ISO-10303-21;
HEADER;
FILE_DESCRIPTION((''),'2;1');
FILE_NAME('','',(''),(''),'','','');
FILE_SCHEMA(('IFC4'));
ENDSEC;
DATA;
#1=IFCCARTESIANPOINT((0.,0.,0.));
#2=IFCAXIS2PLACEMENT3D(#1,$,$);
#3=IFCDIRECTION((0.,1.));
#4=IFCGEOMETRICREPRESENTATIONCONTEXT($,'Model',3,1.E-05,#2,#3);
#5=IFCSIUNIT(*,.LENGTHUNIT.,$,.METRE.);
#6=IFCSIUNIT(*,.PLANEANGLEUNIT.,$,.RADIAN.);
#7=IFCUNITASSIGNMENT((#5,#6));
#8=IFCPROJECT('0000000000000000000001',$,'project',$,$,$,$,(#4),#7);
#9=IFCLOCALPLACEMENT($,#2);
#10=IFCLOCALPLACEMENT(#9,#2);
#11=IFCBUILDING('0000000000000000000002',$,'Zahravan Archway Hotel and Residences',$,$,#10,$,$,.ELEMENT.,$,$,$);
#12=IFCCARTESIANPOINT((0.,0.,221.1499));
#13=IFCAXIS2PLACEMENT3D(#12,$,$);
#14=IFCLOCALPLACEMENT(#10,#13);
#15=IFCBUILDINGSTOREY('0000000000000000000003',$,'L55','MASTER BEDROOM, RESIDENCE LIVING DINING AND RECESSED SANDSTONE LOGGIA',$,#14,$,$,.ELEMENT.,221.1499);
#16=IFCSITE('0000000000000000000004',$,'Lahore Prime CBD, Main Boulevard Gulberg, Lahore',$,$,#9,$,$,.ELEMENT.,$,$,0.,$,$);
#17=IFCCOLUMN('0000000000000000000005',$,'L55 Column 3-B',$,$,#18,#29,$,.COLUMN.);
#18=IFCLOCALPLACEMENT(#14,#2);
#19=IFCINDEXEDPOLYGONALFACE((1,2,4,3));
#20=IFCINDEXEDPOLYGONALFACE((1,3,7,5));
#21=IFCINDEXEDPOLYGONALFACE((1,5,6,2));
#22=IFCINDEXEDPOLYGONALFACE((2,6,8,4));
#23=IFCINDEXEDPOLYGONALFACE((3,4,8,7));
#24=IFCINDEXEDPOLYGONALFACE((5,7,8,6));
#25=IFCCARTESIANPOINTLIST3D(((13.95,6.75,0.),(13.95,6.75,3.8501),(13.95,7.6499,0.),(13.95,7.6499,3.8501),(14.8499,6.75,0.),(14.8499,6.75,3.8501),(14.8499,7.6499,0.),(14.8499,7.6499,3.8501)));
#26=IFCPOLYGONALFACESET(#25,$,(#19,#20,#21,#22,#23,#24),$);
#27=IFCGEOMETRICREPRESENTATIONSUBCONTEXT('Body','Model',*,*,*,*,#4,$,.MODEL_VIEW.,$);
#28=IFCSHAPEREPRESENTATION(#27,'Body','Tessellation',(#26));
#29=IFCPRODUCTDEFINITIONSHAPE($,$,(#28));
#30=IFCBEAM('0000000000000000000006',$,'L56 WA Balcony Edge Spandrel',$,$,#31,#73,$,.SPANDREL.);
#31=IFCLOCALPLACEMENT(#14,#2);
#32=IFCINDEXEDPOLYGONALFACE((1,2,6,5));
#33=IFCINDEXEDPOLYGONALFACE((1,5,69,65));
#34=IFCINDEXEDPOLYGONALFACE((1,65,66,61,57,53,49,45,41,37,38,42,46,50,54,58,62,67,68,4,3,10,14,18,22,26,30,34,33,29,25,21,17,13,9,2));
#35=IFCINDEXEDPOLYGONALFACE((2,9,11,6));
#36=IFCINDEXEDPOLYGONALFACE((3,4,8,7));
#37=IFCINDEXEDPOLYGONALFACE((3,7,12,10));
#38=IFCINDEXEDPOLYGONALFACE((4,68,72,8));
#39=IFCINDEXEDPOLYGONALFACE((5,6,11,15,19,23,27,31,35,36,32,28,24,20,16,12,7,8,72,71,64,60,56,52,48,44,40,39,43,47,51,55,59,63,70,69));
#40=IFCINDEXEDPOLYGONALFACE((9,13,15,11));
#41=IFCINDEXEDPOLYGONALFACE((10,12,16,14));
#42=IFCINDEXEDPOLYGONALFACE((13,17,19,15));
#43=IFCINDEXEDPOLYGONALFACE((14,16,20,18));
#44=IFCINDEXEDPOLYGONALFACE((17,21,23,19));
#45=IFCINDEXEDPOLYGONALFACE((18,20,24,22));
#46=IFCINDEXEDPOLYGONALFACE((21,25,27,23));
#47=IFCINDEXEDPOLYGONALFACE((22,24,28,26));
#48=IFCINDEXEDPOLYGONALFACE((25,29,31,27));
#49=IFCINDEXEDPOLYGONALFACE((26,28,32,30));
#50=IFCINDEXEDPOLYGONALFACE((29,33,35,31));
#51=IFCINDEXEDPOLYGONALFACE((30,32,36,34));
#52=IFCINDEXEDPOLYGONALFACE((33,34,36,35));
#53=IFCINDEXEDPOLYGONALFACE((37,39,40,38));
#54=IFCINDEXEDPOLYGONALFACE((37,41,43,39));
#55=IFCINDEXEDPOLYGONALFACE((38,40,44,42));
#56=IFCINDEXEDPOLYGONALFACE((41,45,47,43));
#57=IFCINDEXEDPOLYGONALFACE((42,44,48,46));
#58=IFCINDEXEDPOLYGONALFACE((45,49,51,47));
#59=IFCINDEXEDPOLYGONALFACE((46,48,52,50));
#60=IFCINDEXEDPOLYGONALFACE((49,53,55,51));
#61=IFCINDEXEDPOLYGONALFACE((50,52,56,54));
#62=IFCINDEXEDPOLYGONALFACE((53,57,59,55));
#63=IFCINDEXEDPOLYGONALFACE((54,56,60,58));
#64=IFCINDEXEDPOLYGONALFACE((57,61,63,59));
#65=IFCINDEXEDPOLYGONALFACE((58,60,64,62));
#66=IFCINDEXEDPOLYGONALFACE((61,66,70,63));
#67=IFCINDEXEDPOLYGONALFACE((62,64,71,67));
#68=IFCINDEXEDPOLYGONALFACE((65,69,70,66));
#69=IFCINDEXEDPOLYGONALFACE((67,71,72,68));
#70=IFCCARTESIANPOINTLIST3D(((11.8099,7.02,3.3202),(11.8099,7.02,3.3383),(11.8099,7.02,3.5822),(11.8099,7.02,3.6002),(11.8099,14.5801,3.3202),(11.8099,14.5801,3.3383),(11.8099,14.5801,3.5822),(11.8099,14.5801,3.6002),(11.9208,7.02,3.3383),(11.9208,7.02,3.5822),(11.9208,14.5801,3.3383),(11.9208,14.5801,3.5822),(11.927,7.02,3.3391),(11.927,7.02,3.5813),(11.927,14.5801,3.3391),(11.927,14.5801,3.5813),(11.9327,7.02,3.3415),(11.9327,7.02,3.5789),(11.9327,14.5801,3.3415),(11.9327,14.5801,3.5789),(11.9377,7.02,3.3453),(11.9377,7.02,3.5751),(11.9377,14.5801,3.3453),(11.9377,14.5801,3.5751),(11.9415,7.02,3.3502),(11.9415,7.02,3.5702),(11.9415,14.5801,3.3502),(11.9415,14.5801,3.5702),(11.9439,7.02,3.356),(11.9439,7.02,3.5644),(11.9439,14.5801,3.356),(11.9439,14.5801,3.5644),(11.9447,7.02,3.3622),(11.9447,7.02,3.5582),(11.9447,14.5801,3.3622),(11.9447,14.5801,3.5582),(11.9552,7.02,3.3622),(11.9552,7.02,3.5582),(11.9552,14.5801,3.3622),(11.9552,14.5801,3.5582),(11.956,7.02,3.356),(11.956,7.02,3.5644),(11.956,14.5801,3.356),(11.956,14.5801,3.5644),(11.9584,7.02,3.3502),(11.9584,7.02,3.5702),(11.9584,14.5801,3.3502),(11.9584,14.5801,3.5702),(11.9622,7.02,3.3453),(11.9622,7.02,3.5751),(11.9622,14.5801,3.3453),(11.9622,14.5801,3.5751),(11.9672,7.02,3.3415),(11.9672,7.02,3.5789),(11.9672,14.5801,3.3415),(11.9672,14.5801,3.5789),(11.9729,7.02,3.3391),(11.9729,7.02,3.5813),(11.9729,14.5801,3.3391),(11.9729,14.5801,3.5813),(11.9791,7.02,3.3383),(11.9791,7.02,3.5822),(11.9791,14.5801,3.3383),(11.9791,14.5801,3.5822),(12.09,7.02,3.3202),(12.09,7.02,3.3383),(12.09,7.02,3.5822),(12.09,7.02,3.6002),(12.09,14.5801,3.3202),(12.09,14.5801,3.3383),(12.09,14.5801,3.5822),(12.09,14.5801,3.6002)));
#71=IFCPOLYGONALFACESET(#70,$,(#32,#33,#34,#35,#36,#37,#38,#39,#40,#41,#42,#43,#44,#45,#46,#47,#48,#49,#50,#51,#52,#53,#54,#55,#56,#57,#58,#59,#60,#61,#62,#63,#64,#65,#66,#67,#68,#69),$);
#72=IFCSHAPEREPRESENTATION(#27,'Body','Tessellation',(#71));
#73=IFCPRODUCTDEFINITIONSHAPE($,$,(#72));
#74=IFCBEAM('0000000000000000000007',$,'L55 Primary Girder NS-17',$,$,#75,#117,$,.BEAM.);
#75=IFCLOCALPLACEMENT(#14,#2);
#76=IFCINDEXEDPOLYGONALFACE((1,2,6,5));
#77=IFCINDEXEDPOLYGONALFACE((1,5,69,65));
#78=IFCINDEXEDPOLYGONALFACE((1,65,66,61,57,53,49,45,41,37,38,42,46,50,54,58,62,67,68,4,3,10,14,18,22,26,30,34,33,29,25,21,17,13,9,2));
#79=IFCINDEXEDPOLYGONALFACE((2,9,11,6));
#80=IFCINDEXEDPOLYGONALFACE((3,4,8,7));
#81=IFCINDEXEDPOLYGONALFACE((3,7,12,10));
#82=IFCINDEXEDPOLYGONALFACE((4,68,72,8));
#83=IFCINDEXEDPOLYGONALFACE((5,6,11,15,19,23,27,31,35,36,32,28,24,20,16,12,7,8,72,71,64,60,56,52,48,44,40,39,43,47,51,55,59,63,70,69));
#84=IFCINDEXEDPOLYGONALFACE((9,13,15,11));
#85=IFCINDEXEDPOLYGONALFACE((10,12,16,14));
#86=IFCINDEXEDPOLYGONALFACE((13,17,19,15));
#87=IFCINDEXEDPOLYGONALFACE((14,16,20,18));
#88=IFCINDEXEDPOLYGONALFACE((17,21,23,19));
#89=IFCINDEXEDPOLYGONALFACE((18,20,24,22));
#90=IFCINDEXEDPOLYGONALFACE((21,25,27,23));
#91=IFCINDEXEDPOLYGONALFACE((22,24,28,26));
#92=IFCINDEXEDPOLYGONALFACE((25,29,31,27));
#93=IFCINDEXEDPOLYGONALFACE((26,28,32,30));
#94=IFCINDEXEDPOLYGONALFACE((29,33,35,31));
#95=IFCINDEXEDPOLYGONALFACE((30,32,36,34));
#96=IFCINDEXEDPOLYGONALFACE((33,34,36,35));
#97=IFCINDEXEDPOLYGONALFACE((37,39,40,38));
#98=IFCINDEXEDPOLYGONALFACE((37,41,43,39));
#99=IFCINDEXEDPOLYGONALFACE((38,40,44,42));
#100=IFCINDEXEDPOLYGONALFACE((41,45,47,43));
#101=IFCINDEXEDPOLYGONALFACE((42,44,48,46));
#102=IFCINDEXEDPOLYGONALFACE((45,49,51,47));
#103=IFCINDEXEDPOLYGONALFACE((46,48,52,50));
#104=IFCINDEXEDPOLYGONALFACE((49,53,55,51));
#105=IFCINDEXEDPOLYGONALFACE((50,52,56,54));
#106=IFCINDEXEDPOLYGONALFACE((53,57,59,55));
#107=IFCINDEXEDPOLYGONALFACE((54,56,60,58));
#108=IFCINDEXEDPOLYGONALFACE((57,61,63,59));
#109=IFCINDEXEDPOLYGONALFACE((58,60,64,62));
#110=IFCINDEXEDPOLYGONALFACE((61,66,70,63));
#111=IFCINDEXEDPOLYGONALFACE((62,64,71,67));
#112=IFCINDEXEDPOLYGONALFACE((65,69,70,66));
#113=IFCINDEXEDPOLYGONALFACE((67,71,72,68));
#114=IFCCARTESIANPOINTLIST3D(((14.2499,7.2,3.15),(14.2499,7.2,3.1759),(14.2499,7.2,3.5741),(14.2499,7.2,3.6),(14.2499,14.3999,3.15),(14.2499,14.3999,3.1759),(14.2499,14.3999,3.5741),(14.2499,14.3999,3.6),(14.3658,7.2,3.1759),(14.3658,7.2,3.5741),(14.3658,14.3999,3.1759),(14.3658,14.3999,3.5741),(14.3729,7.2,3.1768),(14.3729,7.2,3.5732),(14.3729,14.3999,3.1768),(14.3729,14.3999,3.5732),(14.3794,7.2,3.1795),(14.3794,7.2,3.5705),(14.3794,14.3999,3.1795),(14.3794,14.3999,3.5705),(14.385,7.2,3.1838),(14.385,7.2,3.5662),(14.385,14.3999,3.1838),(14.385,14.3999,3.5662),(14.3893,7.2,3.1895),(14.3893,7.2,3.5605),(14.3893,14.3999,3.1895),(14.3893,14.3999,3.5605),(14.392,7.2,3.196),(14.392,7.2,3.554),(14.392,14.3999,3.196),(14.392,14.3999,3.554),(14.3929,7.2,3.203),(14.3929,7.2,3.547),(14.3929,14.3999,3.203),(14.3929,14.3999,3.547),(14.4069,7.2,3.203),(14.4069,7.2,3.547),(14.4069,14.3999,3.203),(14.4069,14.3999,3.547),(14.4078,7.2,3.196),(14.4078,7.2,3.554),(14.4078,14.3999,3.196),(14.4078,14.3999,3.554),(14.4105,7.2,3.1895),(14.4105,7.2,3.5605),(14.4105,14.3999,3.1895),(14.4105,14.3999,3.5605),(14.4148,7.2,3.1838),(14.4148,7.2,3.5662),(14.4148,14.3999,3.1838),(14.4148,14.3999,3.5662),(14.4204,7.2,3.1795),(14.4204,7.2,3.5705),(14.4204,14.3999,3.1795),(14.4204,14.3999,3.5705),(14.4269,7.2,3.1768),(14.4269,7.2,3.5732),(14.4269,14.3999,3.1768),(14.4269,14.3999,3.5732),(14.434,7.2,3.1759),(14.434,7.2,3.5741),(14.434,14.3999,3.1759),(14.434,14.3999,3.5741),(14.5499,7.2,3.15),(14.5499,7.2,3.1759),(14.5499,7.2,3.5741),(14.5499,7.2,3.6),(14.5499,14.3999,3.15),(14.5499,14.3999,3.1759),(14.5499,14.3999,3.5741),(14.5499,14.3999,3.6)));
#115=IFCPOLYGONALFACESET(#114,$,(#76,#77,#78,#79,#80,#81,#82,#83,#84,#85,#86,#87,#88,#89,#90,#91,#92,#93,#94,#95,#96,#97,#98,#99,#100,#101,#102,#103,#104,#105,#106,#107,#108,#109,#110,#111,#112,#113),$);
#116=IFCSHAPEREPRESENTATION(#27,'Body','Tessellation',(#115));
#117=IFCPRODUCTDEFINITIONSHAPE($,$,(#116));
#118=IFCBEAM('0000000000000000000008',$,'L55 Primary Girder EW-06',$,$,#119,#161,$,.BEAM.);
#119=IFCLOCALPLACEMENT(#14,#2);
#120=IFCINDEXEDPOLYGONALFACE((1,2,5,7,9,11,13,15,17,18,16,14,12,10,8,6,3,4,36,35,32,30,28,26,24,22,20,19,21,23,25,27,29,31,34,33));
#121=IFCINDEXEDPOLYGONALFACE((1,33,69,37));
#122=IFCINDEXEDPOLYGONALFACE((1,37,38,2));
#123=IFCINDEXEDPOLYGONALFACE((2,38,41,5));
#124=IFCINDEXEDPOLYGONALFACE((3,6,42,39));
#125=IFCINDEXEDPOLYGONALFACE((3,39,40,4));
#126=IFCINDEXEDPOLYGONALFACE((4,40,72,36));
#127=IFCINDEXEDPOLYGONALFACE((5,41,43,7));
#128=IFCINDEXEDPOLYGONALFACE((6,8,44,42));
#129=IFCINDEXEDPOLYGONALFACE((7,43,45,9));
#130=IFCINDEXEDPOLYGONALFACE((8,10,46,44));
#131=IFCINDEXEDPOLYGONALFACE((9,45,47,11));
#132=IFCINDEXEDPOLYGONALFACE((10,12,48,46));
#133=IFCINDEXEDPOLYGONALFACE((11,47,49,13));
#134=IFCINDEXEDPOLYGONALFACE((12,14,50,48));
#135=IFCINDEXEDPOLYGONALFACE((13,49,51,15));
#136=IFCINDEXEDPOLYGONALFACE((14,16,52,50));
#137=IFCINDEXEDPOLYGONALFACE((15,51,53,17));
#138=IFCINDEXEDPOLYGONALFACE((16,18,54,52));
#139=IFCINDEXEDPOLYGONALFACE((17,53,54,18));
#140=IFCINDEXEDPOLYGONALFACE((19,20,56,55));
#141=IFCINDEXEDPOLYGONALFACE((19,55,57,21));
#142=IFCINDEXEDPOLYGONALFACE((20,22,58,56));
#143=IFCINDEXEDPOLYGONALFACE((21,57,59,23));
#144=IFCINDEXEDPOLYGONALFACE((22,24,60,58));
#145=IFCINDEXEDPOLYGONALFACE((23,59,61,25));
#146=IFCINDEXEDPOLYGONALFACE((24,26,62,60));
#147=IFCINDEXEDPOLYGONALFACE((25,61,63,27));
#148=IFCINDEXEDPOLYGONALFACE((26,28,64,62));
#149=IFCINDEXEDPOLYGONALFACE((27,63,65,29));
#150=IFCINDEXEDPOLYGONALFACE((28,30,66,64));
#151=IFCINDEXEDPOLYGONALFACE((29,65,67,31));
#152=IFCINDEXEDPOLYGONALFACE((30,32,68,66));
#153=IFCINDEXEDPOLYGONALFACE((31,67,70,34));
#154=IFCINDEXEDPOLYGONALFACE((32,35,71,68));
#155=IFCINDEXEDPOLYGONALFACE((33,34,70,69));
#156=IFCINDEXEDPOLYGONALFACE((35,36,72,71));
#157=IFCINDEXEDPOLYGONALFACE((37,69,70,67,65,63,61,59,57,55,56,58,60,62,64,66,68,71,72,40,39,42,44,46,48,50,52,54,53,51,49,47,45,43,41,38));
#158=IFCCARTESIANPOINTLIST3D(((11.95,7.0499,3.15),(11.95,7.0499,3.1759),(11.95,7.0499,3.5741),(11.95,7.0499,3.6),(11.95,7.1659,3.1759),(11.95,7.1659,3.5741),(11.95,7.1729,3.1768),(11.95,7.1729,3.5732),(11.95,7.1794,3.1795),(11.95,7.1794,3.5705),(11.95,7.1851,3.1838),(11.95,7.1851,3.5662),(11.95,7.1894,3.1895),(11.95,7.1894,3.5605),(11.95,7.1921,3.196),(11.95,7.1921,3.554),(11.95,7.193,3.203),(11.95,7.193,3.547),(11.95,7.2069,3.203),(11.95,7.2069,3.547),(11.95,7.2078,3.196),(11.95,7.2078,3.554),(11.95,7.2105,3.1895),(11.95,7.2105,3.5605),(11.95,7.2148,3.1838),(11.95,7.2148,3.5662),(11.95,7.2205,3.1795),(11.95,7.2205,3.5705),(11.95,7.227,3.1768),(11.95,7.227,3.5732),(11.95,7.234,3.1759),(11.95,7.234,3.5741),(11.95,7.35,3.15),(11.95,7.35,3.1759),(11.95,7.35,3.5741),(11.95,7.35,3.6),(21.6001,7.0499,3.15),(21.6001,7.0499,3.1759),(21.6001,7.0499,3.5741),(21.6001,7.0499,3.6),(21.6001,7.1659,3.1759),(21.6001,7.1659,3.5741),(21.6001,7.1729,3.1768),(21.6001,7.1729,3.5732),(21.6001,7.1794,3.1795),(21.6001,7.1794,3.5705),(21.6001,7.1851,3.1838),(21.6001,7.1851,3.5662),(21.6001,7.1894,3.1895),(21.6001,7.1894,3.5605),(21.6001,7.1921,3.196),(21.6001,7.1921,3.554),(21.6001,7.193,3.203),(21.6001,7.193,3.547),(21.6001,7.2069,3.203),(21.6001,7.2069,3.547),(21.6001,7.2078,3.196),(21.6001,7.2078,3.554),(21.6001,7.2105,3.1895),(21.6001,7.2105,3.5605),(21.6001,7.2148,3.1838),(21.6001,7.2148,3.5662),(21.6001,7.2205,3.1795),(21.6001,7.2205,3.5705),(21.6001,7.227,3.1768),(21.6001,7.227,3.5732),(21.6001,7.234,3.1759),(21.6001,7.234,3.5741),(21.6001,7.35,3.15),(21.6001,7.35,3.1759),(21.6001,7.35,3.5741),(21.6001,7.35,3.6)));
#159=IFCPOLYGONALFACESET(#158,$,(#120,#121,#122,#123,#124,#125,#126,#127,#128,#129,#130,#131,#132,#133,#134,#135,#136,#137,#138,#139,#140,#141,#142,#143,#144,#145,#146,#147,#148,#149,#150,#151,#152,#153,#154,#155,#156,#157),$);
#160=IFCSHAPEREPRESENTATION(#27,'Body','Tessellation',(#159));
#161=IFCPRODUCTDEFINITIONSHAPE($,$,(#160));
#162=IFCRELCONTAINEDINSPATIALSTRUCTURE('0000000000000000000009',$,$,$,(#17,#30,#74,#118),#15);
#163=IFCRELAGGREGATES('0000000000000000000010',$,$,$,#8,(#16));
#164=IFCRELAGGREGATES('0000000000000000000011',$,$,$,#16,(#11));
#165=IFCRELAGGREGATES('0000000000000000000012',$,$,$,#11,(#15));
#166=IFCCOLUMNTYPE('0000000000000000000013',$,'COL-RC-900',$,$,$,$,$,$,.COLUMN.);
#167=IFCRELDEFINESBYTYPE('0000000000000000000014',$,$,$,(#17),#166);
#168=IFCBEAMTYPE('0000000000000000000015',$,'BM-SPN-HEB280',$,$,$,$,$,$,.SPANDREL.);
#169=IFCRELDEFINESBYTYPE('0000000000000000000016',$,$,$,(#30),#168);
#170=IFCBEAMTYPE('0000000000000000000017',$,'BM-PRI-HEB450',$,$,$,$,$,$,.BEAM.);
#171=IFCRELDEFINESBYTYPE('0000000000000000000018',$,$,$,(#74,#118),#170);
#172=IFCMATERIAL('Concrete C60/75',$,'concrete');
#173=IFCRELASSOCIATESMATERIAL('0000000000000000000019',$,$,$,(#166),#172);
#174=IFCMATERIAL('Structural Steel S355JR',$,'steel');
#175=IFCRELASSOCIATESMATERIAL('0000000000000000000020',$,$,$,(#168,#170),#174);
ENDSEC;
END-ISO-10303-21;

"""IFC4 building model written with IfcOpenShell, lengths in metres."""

from ifc_helpers import new_model, si_unit, direction, frame, origin, origin_2d, place, context, subcontext, project, spatial, rectangle, i_section, extrude, source, transform, mapped, material, material_profile, profile_set, type_object, type_shapes, element, save


model = new_model("IFC4")

# Units and contexts
model_context = context("Model", 3, precision=1e-05, world=origin(), true_north=direction((0.0, 1.0)))
body_context = subcontext(model_context, "Body", "Model", "MODEL_VIEW")
ifc_project = project(units=[si_unit("LENGTHUNIT", "METRE"), si_unit("PLANEANGLEUNIT", "RADIAN")], contexts=[model_context])

# Site, building, storey
site_placement = place(None, origin())
site = spatial("IfcSite", under=ifc_project, at=site_placement, Name="Lahore Prime CBD, Main Boulevard Gulberg, Lahore", CompositionType="ELEMENT", RefElevation=0.0)
building_placement = place(site_placement, origin())
building = spatial("IfcBuilding", under=site, at=building_placement, Name="Zahravan Archway Hotel and Residences", CompositionType="ELEMENT")
storey_placement = place(building_placement, frame((0.0, 0.0, 221.1499)))
storey = spatial("IfcBuildingStorey", under=building, at=storey_placement, Name="L55", Description="MASTER BEDROOM, RESIDENCE LIVING DINING AND RECESSED SANDSTONE LOGGIA", CompositionType="ELEMENT", Elevation=221.1499)

# Column
ifc_material_1 = material(Name="Concrete C60/75", Category="concrete")
ifc_material_profile_1 = material_profile(ifc_material_1, rectangle(XDim=0.8999, YDim=0.8999, at=origin_2d()), Name="RC-COL-900x900", Category="concrete")
ifc_profile_set_1 = profile_set([ifc_material_profile_1], Name="Concrete C60/75")
column_type = type_object("IfcColumnType", Name="COL-RC-900", PredefinedType="COLUMN", material=ifc_profile_set_1)
shared_shape_1 = source(origin(), body_context, "Body", "SweptSolid", [
    extrude(rectangle(XDim=0.8999, YDim=0.8999, at=origin_2d()), origin(), (0.0, 0.0, 1.0), 3.8501),
])
type_shapes(column_type, [shared_shape_1])
column_placement = place(storey_placement, frame((14.3999, 7.2, 0.0), z_axis=(0.0, 0.0, 1.0), x_axis=(1.0, 0.0, 0.0)))
element("IfcColumn", 1, at=column_placement, inside=storey, type_object=column_type, Name="L55 Column 3-B", PredefinedType="COLUMN", context=body_context, shape_type="MappedRepresentation", body=[
    mapped(shared_shape_1, transform((0.0, 0.0, 0.0), scale=1.0)),
])

# Beams
ifc_material_2 = material(Name="Structural Steel S355JR", Category="steel")
ifc_material_profile_2 = material_profile(ifc_material_2, i_section(OverallWidth=0.28, OverallDepth=0.28, WebThickness=0.0105, FlangeThickness=0.0181, FilletRadius=0.0239, at=origin_2d()), Name="HEB 280", Category="steel")
ifc_profile_set_2 = profile_set([ifc_material_profile_2], Name="Structural Steel S355JR")
beam_type_1 = type_object("IfcBeamType", Name="BM-SPN-HEB280", PredefinedType="SPANDREL", material=ifc_profile_set_2)
shared_shape_2 = source(origin(), body_context, "Body", "SweptSolid", [
    extrude(i_section(OverallWidth=0.28, OverallDepth=0.28, WebThickness=0.0105, FlangeThickness=0.0181, FilletRadius=0.0239, at=origin_2d()), origin(), (0.0, 0.0, 1.0), 7.5601),
])
type_shapes(beam_type_1, [shared_shape_2])
beam_1_placement = place(storey_placement, frame((11.95, 7.02, 3.4602), z_axis=(0.0, 1.0, 0.0), x_axis=(-1.0, 0.0, 0.0)))
element("IfcBeam", 2, at=beam_1_placement, inside=storey, type_object=beam_type_1, Name="L56 WA Balcony Edge Spandrel", PredefinedType="SPANDREL", context=body_context, shape_type="MappedRepresentation", body=[
    mapped(shared_shape_2, transform((0.0, 0.0, 0.0), scale=1.0)),
])
ifc_material_profile_3 = material_profile(ifc_material_2, i_section(OverallWidth=0.3, OverallDepth=0.45, WebThickness=0.0139, FlangeThickness=0.0259, FilletRadius=0.0271, at=origin_2d()), Name="HEB 450", Category="steel")
ifc_profile_set_3 = profile_set([ifc_material_profile_3], Name="Structural Steel S355JR")
beam_type_2 = type_object("IfcBeamType", Name="BM-PRI-HEB450", PredefinedType="BEAM", material=ifc_profile_set_3)
shared_shape_3 = source(origin(), body_context, "Body", "SweptSolid", [
    extrude(i_section(OverallWidth=0.3, OverallDepth=0.45, WebThickness=0.0139, FlangeThickness=0.0259, FilletRadius=0.0271, at=origin_2d()), origin(), (0.0, 0.0, 1.0), 7.2),
])
beam_2_placement = place(storey_placement, frame((14.3999, 7.2, 3.375), z_axis=(0.0, 1.0, 0.0), x_axis=(-1.0, 0.0, 0.0)))
element("IfcBeam", 3, at=beam_2_placement, inside=storey, type_object=beam_type_2, Name="L55 Primary Girder NS-17", PredefinedType="BEAM", context=body_context, shape_type="MappedRepresentation", body=[
    mapped(shared_shape_3, transform((0.0, 0.0, 0.0), scale=1.0)),
])
shared_shape_4 = source(origin(), body_context, "Body", "SweptSolid", [
    extrude(i_section(OverallWidth=0.3, OverallDepth=0.45, WebThickness=0.0139, FlangeThickness=0.0259, FilletRadius=0.0271, at=origin_2d()), origin(), (0.0, 0.0, 1.0), 9.6501),
])
beam_3_placement = place(storey_placement, frame((11.95, 7.2, 3.375), z_axis=(1.0, 0.0, 0.0), x_axis=(0.0, 1.0, 0.0)))
element("IfcBeam", 4, at=beam_3_placement, inside=storey, type_object=beam_type_2, Name="L55 Primary Girder EW-06", PredefinedType="BEAM", context=body_context, shape_type="MappedRepresentation", body=[
    mapped(shared_shape_4, transform((0.0, 0.0, 0.0), scale=1.0)),
])

save(model, "model.ifc")
